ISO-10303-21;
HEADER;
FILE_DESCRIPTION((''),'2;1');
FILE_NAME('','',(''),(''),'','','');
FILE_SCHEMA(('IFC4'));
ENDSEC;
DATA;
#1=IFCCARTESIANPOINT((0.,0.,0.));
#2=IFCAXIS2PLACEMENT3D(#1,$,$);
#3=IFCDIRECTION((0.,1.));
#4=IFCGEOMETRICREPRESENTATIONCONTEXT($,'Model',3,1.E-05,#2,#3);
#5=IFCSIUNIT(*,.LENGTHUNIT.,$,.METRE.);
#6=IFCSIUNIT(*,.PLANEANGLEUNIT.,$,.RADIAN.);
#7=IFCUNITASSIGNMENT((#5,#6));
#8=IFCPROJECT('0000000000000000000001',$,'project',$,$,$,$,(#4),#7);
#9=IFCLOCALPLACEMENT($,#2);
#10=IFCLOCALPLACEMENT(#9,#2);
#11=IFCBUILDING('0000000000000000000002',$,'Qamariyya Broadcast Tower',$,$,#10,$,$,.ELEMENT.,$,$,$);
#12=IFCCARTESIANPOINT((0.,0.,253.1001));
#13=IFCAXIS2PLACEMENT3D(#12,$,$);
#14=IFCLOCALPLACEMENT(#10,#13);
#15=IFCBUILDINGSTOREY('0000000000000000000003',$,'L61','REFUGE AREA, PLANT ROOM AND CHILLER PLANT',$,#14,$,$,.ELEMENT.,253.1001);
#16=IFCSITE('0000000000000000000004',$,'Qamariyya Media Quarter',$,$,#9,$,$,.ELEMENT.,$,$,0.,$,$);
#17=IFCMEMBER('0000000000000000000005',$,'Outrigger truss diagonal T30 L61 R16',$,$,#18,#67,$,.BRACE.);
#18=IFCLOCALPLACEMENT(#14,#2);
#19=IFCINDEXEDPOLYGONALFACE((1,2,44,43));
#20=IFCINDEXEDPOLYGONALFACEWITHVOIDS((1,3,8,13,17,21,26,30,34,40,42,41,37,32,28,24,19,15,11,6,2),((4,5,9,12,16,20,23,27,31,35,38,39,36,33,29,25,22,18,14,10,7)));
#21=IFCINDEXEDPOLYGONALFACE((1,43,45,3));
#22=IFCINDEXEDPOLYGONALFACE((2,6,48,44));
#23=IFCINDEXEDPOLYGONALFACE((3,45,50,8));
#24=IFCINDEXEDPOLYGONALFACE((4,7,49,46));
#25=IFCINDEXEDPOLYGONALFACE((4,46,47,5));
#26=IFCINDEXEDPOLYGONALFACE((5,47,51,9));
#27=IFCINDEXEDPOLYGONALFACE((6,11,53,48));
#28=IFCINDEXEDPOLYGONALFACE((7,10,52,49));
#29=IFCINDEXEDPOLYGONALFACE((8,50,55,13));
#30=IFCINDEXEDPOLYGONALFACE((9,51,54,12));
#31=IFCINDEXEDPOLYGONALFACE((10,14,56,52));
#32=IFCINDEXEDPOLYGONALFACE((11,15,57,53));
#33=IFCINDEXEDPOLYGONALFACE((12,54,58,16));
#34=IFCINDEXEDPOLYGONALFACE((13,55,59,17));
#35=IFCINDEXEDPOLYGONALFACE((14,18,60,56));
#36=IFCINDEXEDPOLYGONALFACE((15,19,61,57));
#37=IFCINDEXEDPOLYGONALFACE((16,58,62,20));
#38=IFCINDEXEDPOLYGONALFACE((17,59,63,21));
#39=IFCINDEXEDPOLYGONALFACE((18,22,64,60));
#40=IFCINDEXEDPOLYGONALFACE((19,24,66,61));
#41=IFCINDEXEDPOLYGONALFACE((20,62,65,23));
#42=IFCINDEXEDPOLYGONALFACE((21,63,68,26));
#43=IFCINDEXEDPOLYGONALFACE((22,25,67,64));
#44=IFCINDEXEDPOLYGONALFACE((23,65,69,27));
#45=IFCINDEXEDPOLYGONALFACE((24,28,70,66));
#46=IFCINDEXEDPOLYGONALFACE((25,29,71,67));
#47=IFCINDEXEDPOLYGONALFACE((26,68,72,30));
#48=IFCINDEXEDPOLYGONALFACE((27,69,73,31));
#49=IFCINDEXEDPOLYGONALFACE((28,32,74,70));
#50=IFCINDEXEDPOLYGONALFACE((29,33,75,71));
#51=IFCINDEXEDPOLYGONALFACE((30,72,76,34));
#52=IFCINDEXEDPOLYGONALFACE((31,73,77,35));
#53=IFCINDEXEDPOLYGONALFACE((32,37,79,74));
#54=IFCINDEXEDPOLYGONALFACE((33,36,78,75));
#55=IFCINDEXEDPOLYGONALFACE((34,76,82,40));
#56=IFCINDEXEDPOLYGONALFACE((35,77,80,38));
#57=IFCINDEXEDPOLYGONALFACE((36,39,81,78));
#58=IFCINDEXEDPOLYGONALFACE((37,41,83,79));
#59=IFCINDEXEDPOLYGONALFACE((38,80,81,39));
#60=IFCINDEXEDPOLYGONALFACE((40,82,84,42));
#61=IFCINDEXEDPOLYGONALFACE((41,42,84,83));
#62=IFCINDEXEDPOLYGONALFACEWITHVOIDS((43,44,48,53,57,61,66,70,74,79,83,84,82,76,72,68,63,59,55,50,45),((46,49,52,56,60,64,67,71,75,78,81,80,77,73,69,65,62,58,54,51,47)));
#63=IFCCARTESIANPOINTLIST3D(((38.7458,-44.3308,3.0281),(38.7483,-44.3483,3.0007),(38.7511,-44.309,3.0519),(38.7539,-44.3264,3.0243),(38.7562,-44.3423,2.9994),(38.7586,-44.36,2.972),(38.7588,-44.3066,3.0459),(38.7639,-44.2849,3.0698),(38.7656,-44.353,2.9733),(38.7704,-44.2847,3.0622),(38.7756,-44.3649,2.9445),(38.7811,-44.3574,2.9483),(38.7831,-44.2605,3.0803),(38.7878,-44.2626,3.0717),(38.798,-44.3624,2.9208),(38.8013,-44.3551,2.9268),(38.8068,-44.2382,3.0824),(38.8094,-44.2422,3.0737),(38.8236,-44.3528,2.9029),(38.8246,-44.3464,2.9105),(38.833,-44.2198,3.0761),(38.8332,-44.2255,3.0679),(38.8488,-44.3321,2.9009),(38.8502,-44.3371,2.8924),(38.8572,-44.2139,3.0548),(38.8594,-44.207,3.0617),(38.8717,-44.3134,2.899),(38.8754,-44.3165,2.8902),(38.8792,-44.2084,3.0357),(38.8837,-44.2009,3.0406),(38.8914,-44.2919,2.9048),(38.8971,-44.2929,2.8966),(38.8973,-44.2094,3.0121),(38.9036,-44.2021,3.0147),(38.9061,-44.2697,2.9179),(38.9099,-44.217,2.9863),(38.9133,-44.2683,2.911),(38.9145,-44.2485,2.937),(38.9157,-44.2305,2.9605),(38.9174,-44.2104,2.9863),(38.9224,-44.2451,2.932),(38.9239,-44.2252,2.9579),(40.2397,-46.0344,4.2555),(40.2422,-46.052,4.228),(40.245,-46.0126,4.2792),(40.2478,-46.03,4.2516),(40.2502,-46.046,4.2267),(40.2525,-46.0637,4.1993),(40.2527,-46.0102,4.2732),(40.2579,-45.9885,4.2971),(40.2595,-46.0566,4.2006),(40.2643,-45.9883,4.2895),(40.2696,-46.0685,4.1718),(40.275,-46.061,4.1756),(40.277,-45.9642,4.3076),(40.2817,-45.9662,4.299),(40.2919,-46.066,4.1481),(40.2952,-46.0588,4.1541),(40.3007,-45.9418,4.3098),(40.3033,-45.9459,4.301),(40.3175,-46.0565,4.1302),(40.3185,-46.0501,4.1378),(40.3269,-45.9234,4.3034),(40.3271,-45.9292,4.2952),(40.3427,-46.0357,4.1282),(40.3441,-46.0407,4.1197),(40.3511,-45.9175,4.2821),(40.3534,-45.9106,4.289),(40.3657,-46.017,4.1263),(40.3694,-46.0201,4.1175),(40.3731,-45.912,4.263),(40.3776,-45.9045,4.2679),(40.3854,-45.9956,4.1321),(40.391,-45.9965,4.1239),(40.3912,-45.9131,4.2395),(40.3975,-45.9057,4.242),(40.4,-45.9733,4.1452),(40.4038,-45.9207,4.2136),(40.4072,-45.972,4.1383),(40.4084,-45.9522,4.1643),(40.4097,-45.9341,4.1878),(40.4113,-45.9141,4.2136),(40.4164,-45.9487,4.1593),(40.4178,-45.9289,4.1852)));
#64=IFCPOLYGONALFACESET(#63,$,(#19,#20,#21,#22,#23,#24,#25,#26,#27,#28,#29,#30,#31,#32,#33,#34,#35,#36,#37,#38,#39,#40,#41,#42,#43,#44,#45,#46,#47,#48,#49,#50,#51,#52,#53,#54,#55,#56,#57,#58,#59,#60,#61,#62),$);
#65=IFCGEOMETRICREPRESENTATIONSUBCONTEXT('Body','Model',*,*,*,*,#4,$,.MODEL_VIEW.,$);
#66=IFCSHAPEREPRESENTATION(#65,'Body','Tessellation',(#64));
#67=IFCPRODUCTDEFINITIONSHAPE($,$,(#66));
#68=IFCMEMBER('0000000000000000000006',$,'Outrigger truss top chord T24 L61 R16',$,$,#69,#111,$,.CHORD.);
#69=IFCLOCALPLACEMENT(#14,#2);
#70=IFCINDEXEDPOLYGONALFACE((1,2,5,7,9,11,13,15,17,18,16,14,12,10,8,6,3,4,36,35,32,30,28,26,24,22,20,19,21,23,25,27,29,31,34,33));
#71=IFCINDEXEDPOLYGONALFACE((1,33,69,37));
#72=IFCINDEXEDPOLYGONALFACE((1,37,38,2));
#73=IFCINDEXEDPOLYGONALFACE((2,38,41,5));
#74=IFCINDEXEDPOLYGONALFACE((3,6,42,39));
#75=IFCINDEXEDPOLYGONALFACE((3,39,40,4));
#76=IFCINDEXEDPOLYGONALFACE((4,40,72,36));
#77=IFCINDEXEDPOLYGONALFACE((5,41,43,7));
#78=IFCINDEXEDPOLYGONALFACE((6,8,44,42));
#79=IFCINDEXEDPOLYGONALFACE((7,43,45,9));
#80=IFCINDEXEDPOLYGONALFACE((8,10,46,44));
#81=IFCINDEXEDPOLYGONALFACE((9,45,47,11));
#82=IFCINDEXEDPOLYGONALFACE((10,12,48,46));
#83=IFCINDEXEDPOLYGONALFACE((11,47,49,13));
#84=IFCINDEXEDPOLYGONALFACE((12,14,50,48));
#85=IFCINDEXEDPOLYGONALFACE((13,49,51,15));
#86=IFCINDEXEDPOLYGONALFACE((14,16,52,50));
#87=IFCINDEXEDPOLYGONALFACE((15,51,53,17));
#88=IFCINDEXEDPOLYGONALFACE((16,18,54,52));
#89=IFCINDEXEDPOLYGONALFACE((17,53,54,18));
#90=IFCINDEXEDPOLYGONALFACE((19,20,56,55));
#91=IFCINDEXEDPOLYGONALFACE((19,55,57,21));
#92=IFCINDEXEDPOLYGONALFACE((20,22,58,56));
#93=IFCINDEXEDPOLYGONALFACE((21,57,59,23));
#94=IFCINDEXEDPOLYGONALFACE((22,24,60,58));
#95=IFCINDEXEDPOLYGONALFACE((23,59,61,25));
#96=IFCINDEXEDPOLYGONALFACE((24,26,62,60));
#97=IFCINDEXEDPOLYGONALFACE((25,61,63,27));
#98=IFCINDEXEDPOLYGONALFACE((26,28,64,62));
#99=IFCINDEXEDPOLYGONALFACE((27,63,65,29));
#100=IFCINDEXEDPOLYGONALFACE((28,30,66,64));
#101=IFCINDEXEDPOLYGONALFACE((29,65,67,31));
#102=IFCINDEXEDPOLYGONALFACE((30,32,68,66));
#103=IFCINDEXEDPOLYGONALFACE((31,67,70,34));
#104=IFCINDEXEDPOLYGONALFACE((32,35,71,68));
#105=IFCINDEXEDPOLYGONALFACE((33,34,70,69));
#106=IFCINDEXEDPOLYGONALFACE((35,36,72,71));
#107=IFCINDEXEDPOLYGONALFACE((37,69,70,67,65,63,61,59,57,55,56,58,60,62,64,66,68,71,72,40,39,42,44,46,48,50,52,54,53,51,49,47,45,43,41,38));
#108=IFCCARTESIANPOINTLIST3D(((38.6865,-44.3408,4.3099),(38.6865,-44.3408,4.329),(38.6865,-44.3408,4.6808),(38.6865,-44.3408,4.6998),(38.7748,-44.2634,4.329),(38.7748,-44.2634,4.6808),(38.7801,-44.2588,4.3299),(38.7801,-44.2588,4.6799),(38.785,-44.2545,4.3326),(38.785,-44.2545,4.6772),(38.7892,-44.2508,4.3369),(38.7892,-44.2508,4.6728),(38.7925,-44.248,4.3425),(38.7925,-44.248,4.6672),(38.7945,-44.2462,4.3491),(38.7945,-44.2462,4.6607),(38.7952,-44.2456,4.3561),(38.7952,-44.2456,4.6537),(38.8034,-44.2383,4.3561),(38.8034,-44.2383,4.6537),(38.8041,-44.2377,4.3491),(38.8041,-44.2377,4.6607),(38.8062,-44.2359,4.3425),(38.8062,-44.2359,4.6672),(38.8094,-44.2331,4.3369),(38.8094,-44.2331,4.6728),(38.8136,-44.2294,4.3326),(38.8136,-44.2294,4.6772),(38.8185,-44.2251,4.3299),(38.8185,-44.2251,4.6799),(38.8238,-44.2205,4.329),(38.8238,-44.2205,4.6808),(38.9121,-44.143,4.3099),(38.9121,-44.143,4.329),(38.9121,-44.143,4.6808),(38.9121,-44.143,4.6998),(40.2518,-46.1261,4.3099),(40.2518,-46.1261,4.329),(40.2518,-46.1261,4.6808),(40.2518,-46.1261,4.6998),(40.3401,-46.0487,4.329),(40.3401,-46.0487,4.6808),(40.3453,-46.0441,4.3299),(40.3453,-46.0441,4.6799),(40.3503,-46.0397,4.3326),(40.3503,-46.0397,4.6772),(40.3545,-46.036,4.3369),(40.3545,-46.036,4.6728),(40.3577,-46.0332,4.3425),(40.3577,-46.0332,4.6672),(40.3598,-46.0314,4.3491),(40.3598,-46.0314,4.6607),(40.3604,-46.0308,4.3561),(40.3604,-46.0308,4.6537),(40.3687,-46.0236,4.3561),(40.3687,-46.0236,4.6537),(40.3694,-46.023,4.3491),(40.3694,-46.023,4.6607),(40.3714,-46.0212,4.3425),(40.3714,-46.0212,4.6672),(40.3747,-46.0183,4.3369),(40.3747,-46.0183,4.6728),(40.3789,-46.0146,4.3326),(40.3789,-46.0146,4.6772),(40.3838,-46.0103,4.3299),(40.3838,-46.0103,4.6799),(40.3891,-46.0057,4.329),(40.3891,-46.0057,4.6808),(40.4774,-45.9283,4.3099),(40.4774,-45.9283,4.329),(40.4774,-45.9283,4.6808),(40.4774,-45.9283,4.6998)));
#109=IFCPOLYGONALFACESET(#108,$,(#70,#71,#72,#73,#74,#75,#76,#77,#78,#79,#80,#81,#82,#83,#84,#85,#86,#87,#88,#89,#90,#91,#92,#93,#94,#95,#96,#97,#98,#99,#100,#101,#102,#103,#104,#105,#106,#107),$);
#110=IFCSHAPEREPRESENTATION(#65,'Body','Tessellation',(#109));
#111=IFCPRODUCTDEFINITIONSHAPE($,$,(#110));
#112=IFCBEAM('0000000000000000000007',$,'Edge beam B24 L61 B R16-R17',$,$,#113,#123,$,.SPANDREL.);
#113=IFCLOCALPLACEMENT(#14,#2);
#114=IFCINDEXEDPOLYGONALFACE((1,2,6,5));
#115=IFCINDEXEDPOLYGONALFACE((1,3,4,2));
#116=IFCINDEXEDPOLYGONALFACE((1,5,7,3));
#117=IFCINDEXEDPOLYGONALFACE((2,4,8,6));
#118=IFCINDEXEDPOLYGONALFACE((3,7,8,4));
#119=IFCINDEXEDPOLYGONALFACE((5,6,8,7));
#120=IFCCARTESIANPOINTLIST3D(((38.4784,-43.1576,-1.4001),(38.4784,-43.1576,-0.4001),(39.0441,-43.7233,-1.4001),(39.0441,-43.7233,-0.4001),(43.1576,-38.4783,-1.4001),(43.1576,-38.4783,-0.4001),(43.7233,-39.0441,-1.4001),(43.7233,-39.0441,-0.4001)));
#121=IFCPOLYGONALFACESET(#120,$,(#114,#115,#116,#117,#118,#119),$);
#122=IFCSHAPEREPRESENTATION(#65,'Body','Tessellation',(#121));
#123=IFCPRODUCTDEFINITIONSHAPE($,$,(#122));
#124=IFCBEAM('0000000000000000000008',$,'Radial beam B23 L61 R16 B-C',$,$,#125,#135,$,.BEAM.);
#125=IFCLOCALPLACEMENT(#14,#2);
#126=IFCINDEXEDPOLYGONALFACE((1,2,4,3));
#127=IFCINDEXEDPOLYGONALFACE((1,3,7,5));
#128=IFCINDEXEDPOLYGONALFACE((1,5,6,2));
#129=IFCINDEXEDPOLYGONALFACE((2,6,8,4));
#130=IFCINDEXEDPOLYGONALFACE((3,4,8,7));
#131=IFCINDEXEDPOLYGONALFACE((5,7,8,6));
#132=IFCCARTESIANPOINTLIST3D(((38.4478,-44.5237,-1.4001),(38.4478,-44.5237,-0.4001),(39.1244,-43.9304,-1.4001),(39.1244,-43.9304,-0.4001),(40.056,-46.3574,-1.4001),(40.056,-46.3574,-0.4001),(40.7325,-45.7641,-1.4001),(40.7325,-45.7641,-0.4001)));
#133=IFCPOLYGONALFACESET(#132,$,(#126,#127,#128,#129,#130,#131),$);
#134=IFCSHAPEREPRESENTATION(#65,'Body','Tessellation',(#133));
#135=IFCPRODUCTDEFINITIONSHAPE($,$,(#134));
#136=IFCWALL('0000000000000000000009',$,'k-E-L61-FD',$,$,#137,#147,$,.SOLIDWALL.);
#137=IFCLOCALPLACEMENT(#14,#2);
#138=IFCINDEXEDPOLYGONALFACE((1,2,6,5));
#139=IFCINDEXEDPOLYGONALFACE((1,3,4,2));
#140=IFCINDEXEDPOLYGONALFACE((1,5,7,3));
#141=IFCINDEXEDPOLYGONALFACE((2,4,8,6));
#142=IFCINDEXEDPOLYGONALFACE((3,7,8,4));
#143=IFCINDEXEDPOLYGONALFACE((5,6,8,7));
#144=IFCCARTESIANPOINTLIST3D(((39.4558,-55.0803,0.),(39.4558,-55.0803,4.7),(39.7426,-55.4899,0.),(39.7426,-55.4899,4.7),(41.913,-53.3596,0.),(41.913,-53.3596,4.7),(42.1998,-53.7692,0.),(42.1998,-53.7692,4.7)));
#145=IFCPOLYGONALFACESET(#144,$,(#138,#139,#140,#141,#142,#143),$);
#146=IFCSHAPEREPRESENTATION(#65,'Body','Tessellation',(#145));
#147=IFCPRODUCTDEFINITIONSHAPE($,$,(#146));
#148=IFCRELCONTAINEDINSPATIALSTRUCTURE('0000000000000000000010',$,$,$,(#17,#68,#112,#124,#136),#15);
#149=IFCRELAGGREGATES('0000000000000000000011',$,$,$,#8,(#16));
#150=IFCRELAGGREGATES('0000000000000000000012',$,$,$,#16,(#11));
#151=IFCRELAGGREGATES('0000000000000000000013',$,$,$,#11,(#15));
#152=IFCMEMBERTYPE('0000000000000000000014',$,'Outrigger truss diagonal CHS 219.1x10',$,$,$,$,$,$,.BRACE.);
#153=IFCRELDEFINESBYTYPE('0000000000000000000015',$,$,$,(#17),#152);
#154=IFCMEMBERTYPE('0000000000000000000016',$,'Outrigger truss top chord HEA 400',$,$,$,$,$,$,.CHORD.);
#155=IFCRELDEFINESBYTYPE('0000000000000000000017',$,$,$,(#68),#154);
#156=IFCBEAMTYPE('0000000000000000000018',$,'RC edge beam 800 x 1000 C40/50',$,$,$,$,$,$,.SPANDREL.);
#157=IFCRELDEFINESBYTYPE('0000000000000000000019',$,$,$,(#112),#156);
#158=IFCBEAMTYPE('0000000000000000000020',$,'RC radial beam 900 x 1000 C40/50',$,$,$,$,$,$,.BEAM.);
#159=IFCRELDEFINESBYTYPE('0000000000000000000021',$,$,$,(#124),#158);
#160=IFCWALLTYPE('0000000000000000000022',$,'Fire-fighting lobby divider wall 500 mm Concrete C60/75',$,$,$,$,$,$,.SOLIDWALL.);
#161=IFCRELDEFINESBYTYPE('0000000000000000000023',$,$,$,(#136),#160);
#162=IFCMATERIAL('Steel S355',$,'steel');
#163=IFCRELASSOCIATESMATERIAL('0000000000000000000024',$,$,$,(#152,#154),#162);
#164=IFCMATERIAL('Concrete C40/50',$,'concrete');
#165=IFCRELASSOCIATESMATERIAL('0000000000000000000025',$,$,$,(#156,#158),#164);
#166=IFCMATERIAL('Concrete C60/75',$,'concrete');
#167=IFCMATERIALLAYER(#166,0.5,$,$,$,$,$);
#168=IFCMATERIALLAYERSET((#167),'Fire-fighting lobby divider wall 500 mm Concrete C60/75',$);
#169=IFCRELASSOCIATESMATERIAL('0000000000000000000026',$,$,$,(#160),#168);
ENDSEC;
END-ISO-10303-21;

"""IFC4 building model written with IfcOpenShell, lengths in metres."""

from ifc_helpers import new_model, si_unit, direction, frame, frame_2d, origin, origin_2d, place, context, subcontext, project, spatial, rectangle, hollow_circle, i_section, extrude, material, layer, layer_set, material_profile, profile_set, type_object, element, save


model = new_model("IFC4")

# Units and contexts
model_context = context("Model", 3, precision=1e-05, world=origin(), true_north=direction((0.0, 1.0)))
body_context = subcontext(model_context, "Body", "Model", "MODEL_VIEW")
ifc_project = project(units=[si_unit("LENGTHUNIT", "METRE"), si_unit("PLANEANGLEUNIT", "RADIAN")], contexts=[model_context])

# Site, building, storey
site_placement = place(None, origin())
site = spatial("IfcSite", under=ifc_project, at=site_placement, Name="Qamariyya Media Quarter", CompositionType="ELEMENT", RefElevation=0.0)
building_placement = place(site_placement, origin())
building = spatial("IfcBuilding", under=site, at=building_placement, Name="Qamariyya Broadcast Tower", CompositionType="ELEMENT")
storey_placement = place(building_placement, frame((0.0, 0.0, 253.1001)))
storey = spatial("IfcBuildingStorey", under=building, at=storey_placement, Name="L61", Description="REFUGE AREA, PLANT ROOM AND CHILLER PLANT", CompositionType="ELEMENT", Elevation=253.1001)

# Members
ifc_material_1 = material(Name="Steel S355", Category="steel")
ifc_material_profile_1 = material_profile(ifc_material_1, hollow_circle(Radius=0.1096, WallThickness=0.01, at=origin_2d()))
ifc_profile_set_1 = profile_set([ifc_material_profile_1], Name="Steel S355")
member_type_1 = type_object("IfcMemberType", Name="Outrigger truss diagonal CHS 219.1x10", PredefinedType="BRACE", material=ifc_profile_set_1)
member_1_placement = place(storey_placement, frame((38.835, -44.2827, 2.9863), z_axis=(0.579732, -0.661116, 0.476273), x_axis=(0.751869, 0.659313, 0.0)))
element("IfcMember", 1, at=member_1_placement, inside=storey, type_object=member_type_1, Name="Outrigger truss diagonal T30 L61 R16", PredefinedType="BRACE", context=body_context, shape_type="SweptSolid", body=[
    extrude(hollow_circle(Radius=0.1096, WallThickness=0.01, at=origin_2d()), origin(), (0.0, 0.0, 1.0), 2.5769),
])
ifc_material_profile_2 = material_profile(ifc_material_1, i_section(OverallWidth=0.3, OverallDepth=0.3899, WebThickness=0.011, FlangeThickness=0.019, FilletRadius=0.0271, at=origin_2d()))
ifc_profile_set_2 = profile_set([ifc_material_profile_2], Name="Steel S355")
member_type_2 = type_object("IfcMemberType", Name="Outrigger truss top chord HEA 400", PredefinedType="CHORD", material=ifc_profile_set_2)
member_2_placement = place(storey_placement, frame((38.7993, -44.2419, 4.5049), z_axis=(0.659261, -0.751914, 0.0), x_axis=(0.751914, 0.659261, 0.0)))
element("IfcMember", 2, at=member_2_placement, inside=storey, type_object=member_type_2, Name="Outrigger truss top chord T24 L61 R16", PredefinedType="CHORD", context=body_context, shape_type="SweptSolid", body=[
    extrude(i_section(OverallWidth=0.3, OverallDepth=0.3899, WebThickness=0.011, FlangeThickness=0.019, FilletRadius=0.0271, at=origin_2d()), origin(), (0.0, 0.0, 1.0), 2.3743),
])

# Beams
ifc_material_2 = material(Name="Concrete C40/50", Category="concrete")
ifc_material_profile_3 = material_profile(ifc_material_2, rectangle(XDim=0.8, YDim=1.0, at=origin_2d()))
ifc_profile_set_3 = profile_set([ifc_material_profile_3], Name="Concrete C40/50")
beam_type_1 = type_object("IfcBeamType", Name="RC edge beam 800 x 1000 C40/50", PredefinedType="SPANDREL", material=ifc_profile_set_3)
beam_1_placement = place(storey_placement, frame((38.7612, -43.4404, -0.9001), z_axis=(0.707107, 0.707107, 0.0), x_axis=(-0.707107, 0.707107, 0.0)))
element("IfcBeam", 3, at=beam_1_placement, inside=storey, type_object=beam_type_1, Name="Edge beam B24 L61 B R16-R17", PredefinedType="SPANDREL", context=body_context, shape_type="SweptSolid", body=[
    extrude(rectangle(XDim=0.8, YDim=1.0, at=origin_2d()), origin(), (0.0, 0.0, 1.0), 6.6174),
])
ifc_material_profile_4 = material_profile(ifc_material_2, rectangle(XDim=0.8999, YDim=1.0, at=origin_2d()))
ifc_profile_set_4 = profile_set([ifc_material_profile_4], Name="Concrete C40/50")
beam_type_2 = type_object("IfcBeamType", Name="RC radial beam 900 x 1000 C40/50", PredefinedType="BEAM", material=ifc_profile_set_4)
beam_2_placement = place(storey_placement, frame((38.7861, -44.2271, -0.9001), z_axis=(0.659348, -0.751838, 0.0), x_axis=(0.751838, 0.659348, 0.0)))
element("IfcBeam", 4, at=beam_2_placement, inside=storey, type_object=beam_type_2, Name="Radial beam B23 L61 R16 B-C", PredefinedType="BEAM", context=body_context, shape_type="SweptSolid", body=[
    extrude(rectangle(XDim=0.8999, YDim=1.0, at=origin_2d()), origin(), (0.0, 0.0, 1.0), 2.439),
])

# Wall
ifc_material_3 = material(Name="Concrete C60/75", Category="concrete")
ifc_layer_1 = layer(ifc_material_3, 0.5)
ifc_layer_set_1 = layer_set([ifc_layer_1], Name="Fire-fighting lobby divider wall 500 mm Concrete C60/75")
wall_type_1 = type_object("IfcWallType", Name="Fire-fighting lobby divider wall 500 mm Concrete C60/75", PredefinedType="SOLIDWALL", material=ifc_layer_set_1)
wall_1_placement = place(storey_placement, frame((39.5991, -55.2852, 0.0), z_axis=(0.0, 0.0, 1.0), x_axis=(0.819136, 0.573599, 0.0)))
element("IfcWall", 5, at=wall_1_placement, inside=storey, type_object=wall_type_1, Name="k-E-L61-FD", PredefinedType="SOLIDWALL", context=body_context, shape_type="SweptSolid", body=[
    extrude(rectangle(XDim=2.9998, YDim=0.5, at=frame_2d((1.5, 0.0))), origin(), (0.0, 0.0, 1.0), 4.7),
])

save(model, "model.ifc")
